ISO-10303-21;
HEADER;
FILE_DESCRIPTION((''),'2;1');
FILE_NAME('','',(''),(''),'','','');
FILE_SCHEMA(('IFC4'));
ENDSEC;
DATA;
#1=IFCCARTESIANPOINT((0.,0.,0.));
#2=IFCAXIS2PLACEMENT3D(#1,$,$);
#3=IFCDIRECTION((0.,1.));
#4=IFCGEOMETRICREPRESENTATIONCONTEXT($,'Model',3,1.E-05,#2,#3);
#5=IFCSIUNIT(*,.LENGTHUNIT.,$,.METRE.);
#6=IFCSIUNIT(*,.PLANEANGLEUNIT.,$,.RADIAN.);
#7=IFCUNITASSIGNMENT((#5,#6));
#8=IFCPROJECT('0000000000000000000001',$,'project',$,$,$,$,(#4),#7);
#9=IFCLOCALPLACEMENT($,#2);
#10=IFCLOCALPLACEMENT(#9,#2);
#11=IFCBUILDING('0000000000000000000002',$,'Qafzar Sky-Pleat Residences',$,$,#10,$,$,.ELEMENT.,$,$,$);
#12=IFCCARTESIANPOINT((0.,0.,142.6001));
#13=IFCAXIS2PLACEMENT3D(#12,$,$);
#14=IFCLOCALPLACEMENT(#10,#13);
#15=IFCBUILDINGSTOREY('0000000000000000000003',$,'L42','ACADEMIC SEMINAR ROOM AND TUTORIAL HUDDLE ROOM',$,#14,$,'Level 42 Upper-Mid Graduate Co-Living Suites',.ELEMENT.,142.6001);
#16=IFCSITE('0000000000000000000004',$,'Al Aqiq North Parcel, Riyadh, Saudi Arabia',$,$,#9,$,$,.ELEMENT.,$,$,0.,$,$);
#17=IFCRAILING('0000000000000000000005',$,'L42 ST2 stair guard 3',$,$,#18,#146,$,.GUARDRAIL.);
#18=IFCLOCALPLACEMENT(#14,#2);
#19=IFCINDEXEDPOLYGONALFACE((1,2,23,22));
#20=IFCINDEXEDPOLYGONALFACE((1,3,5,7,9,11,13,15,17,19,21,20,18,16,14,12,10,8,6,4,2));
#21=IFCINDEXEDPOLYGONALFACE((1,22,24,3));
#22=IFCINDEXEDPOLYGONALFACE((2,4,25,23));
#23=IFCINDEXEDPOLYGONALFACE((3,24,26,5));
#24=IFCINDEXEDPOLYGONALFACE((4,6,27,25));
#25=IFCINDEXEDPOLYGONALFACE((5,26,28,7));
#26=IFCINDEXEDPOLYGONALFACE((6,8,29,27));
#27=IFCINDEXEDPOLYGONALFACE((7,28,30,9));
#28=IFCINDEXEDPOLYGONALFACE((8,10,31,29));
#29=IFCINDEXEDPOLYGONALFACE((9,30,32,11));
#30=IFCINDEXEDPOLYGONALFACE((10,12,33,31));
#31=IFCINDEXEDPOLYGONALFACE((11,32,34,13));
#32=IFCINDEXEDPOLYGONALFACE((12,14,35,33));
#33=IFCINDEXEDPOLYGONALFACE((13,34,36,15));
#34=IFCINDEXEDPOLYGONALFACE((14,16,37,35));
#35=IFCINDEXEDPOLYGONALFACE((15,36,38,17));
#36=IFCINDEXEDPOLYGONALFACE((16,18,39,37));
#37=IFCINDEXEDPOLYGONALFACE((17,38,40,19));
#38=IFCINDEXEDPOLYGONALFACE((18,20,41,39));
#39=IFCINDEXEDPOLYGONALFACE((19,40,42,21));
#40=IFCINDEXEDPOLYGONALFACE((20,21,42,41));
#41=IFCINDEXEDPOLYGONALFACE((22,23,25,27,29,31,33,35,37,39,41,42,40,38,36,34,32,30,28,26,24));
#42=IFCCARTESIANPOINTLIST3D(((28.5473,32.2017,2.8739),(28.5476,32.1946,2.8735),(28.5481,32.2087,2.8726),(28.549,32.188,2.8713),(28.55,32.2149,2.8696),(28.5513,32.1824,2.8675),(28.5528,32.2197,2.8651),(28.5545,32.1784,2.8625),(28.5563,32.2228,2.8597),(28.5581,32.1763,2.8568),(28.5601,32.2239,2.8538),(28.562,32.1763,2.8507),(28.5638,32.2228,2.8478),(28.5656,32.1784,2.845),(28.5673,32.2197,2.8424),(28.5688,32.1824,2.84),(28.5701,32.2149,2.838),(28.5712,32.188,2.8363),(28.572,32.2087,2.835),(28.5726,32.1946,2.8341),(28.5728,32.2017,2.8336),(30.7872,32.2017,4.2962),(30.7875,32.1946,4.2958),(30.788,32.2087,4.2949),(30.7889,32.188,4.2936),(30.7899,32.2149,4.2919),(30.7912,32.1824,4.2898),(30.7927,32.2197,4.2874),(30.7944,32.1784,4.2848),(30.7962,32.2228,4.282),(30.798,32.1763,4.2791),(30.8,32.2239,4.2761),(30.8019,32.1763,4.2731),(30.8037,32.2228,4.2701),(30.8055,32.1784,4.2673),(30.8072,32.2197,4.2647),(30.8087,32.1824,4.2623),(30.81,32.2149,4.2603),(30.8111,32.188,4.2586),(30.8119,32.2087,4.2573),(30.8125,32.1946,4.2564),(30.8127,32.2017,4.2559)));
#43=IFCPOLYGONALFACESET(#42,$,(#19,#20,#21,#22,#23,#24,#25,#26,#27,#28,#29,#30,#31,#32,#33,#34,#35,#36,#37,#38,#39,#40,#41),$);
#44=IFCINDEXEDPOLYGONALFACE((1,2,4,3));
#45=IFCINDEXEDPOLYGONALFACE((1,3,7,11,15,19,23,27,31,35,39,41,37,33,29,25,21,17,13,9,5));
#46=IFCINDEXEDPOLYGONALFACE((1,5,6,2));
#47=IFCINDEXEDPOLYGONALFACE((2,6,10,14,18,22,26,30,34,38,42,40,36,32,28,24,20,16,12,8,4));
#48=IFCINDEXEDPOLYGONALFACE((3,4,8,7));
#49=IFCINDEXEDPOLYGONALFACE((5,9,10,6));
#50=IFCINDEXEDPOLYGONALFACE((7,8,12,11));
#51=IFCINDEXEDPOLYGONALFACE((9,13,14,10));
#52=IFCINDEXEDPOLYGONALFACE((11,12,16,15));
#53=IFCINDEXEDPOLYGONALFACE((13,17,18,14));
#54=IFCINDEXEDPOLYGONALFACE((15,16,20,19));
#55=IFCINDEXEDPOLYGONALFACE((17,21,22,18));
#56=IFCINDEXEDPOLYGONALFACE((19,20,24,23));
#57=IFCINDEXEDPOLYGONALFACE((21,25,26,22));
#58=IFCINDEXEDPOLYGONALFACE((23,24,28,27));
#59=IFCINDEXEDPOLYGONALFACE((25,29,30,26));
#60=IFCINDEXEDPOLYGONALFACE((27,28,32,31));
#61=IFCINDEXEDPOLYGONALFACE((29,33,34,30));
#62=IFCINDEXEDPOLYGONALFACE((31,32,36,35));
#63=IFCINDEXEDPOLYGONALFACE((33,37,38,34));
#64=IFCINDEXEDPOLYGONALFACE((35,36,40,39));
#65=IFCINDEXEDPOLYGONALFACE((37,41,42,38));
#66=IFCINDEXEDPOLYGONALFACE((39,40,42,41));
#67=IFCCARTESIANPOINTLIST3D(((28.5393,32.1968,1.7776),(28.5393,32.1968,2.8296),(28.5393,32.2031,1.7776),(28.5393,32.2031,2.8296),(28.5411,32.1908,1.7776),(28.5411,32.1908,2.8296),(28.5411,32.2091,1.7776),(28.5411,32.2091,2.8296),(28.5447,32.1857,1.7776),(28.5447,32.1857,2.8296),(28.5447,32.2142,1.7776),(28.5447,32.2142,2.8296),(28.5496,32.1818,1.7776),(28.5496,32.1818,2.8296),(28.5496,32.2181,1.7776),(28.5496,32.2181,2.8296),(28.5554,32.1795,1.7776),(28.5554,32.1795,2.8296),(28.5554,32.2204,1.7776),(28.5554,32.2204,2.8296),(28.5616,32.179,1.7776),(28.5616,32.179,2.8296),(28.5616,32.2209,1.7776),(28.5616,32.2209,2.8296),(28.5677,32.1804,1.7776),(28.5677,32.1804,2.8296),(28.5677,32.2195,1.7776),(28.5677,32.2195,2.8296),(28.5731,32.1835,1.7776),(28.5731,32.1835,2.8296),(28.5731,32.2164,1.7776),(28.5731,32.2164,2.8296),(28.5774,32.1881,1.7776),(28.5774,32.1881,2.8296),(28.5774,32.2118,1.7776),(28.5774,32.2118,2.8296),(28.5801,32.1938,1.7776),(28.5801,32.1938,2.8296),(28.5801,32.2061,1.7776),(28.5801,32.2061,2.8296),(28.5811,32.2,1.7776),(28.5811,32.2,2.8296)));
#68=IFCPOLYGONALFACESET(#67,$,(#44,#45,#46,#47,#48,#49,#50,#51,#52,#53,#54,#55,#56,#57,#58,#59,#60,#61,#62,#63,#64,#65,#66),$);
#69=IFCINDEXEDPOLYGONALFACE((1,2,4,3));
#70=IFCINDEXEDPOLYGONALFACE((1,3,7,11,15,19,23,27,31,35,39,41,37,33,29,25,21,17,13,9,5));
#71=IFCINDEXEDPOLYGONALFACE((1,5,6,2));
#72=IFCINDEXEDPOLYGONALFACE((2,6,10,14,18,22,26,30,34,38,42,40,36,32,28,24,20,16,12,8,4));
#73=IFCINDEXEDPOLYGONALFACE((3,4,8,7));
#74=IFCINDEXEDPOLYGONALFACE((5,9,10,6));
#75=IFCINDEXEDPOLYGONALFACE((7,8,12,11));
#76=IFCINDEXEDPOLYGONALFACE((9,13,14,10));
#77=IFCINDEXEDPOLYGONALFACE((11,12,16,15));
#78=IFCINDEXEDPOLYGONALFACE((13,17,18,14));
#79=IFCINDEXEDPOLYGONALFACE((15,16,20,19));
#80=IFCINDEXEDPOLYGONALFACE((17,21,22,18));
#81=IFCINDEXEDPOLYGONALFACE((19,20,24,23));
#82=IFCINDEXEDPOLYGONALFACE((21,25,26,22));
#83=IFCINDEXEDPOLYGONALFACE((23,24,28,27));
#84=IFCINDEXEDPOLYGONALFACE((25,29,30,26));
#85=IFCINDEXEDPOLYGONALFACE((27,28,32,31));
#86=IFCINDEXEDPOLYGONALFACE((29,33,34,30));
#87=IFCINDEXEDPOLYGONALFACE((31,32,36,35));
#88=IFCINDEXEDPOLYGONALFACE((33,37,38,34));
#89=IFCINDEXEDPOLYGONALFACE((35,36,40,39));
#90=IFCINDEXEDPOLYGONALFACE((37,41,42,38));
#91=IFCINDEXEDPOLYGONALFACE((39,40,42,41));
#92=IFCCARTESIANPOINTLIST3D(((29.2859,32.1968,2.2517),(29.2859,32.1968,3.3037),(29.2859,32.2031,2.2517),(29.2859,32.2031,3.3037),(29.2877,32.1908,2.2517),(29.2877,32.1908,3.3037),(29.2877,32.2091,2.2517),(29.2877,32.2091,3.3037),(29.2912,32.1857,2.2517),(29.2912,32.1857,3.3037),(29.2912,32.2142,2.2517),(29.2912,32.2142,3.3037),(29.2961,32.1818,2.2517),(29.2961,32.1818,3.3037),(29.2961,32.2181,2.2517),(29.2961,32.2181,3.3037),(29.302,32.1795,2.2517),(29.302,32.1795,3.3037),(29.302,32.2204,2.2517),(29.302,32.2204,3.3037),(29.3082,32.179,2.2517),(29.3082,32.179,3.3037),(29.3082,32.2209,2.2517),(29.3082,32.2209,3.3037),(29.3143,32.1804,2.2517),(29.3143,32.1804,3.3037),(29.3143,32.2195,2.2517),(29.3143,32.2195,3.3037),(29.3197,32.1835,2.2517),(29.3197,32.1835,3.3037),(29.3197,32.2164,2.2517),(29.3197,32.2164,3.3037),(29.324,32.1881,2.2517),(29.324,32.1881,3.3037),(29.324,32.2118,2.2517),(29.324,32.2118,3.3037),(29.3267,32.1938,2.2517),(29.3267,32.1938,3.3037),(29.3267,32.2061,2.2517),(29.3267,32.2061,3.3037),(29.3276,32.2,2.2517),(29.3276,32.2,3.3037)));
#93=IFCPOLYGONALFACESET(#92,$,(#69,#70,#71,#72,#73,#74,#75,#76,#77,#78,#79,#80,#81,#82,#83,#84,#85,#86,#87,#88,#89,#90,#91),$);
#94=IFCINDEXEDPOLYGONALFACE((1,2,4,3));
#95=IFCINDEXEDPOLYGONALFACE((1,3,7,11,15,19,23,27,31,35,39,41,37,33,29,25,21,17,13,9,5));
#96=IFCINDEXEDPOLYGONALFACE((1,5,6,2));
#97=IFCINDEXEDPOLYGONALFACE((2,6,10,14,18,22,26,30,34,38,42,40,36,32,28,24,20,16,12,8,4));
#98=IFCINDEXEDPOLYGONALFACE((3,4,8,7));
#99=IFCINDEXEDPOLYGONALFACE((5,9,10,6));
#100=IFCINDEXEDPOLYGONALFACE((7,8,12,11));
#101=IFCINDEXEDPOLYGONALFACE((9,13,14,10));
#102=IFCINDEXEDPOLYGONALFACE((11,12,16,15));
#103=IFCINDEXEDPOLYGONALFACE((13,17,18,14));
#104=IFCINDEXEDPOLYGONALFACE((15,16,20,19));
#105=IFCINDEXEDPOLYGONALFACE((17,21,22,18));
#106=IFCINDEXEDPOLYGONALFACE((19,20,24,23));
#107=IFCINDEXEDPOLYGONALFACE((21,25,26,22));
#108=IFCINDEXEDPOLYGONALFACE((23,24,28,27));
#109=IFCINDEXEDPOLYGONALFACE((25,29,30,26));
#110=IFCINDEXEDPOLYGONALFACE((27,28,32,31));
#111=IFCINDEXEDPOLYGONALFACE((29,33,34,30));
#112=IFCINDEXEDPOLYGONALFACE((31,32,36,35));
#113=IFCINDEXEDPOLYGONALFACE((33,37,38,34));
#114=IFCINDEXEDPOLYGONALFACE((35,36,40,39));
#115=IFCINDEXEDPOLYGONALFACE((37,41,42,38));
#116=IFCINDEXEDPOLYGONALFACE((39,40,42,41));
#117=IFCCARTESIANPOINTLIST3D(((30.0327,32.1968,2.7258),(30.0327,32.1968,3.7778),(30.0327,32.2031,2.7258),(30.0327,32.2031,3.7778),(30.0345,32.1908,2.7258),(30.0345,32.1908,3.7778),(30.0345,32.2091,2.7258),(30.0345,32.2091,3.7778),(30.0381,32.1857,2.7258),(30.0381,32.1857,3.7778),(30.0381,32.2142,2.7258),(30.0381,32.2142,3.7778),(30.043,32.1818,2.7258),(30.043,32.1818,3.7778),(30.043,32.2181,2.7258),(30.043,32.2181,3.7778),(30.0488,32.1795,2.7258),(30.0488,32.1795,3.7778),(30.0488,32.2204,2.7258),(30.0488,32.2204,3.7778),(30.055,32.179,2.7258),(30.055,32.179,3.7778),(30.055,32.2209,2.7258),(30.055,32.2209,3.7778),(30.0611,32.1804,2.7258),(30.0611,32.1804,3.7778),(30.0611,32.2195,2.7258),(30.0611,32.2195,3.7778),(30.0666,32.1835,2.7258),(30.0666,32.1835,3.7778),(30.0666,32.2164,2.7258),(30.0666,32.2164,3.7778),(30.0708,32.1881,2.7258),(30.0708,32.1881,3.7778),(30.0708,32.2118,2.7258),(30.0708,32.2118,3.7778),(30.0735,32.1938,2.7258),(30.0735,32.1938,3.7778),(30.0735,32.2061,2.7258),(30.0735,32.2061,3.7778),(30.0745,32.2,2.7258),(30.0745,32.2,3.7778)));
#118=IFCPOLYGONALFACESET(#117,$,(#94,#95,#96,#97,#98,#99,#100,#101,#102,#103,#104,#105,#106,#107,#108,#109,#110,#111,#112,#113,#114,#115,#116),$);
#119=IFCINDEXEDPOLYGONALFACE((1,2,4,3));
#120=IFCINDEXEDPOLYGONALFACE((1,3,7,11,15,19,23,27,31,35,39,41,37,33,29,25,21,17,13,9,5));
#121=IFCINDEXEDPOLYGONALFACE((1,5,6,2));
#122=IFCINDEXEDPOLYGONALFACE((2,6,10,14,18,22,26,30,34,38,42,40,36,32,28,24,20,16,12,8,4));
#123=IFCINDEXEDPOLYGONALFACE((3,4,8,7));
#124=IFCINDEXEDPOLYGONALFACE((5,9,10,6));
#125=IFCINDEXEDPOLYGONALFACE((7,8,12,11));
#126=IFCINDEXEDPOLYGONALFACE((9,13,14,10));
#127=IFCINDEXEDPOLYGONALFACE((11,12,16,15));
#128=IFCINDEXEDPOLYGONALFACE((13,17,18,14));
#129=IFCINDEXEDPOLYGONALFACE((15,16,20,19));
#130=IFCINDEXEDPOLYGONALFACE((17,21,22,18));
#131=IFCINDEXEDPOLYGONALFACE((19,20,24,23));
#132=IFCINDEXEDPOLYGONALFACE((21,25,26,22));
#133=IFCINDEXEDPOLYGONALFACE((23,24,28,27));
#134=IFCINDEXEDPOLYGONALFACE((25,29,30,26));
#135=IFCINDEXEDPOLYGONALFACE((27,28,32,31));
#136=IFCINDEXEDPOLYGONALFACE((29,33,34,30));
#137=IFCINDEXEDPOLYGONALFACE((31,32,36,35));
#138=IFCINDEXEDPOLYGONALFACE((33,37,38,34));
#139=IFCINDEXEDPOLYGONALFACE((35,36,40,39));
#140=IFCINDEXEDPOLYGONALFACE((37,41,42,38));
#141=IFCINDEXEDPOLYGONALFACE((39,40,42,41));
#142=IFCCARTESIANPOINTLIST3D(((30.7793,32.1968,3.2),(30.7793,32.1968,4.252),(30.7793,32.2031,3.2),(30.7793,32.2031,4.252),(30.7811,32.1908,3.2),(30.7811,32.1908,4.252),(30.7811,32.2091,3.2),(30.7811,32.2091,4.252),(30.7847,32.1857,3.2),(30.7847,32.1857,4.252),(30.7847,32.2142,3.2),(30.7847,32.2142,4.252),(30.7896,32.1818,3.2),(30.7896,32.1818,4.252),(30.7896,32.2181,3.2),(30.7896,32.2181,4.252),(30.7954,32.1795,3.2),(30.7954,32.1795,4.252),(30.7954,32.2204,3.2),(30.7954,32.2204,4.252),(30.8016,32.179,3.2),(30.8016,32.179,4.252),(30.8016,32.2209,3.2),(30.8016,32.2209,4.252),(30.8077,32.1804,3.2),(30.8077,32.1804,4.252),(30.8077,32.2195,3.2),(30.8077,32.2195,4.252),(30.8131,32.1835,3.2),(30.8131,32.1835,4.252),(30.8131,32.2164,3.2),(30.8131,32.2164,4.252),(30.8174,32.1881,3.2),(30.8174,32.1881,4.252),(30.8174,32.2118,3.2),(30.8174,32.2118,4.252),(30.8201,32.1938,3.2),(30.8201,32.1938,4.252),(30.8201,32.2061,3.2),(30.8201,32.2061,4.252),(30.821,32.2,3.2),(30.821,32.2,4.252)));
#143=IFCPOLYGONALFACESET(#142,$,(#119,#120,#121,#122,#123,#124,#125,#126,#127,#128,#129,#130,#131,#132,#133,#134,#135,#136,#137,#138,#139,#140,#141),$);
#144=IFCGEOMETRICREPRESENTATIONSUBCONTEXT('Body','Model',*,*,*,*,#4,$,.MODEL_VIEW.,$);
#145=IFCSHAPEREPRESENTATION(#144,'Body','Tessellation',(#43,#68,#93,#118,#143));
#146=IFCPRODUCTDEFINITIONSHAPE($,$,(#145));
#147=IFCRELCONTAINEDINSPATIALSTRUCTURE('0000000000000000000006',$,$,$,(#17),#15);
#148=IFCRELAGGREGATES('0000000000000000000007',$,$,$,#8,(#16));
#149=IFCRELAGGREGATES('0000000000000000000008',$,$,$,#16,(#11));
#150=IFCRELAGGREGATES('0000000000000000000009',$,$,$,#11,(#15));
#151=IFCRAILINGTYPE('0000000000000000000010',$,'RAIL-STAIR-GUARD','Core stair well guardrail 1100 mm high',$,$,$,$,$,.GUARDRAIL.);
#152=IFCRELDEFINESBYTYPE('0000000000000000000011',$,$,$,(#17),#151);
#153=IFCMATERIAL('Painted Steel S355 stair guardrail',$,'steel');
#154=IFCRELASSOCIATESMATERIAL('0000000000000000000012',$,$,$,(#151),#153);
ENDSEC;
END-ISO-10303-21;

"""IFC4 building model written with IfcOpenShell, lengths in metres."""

from ifc_helpers import new_model, si_unit, direction, frame, origin, origin_2d, place, context, subcontext, project, spatial, circle, extrude, source, transform, mapped, material, type_object, element, save


model = new_model("IFC4")

# Units and contexts
model_context = context("Model", 3, precision=1e-05, world=origin(), true_north=direction((0.0, 1.0)))
body_context = subcontext(model_context, "Body", "Model", "MODEL_VIEW")
ifc_project = project(units=[si_unit("LENGTHUNIT", "METRE"), si_unit("PLANEANGLEUNIT", "RADIAN")], contexts=[model_context])

# Site, building, storey
site_placement = place(None, origin())
site = spatial("IfcSite", under=ifc_project, at=site_placement, Name="Al Aqiq North Parcel, Riyadh, Saudi Arabia", CompositionType="ELEMENT", RefElevation=0.0)
building_placement = place(site_placement, origin())
building = spatial("IfcBuilding", under=site, at=building_placement, Name="Qafzar Sky-Pleat Residences", CompositionType="ELEMENT")
storey_placement = place(building_placement, frame((0.0, 0.0, 142.6001)))
storey = spatial("IfcBuildingStorey", under=building, at=storey_placement, Name="L42", Description="ACADEMIC SEMINAR ROOM AND TUTORIAL HUDDLE ROOM", LongName="Level 42 Upper-Mid Graduate Co-Living Suites", CompositionType="ELEMENT", Elevation=142.6001)

# Railing
ifc_material_1 = material(Name="Painted Steel S355 stair guardrail", Category="steel")
railing_type_1 = type_object("IfcRailingType", Name="RAIL-STAIR-GUARD", Description="Core stair well guardrail 1100 mm high", PredefinedType="GUARDRAIL", material=ifc_material_1)
shared_shape_1 = source(origin(), body_context, "Body", "SweptSolid", [
    extrude(circle(Radius=0.0239, at=origin_2d()), frame((0.0, 0.0, 1.0762), z_axis=(0.844188, 0.0, 0.536048), x_axis=(0.0, 1.0, 0.0)), (0.0, 0.0, 1.0), 2.6533),
    extrude(circle(Radius=0.021, at=origin_2d()), origin(), (0.0, 0.0, 1.0), 1.052),
    extrude(circle(Radius=0.021, at=origin_2d()), frame((0.7466, 0.0, 0.4741)), (0.0, 0.0, 1.0), 1.052),
    extrude(circle(Radius=0.021, at=origin_2d()), frame((1.4934, 0.0, 0.9482)), (0.0, 0.0, 1.0), 1.052),
    extrude(circle(Radius=0.021, at=origin_2d()), frame((2.24, 0.0, 1.4224)), (0.0, 0.0, 1.0), 1.052),
])
railing_1_placement = place(storey_placement, frame((28.5601, 32.2, 1.7776)))
element("IfcRailing", 1, at=railing_1_placement, inside=storey, type_object=railing_type_1, Name="L42 ST2 stair guard 3", PredefinedType="GUARDRAIL", context=body_context, shape_type="MappedRepresentation", body=[
    mapped(shared_shape_1, transform((0.0, 0.0, 0.0), x_axis=(1.0, 0.0, 0.0), y_axis=(0.0, 1.0, 0.0), z_axis=(0.0, 0.0, 1.0), scale=1.0)),
])

save(model, "model.ifc")
